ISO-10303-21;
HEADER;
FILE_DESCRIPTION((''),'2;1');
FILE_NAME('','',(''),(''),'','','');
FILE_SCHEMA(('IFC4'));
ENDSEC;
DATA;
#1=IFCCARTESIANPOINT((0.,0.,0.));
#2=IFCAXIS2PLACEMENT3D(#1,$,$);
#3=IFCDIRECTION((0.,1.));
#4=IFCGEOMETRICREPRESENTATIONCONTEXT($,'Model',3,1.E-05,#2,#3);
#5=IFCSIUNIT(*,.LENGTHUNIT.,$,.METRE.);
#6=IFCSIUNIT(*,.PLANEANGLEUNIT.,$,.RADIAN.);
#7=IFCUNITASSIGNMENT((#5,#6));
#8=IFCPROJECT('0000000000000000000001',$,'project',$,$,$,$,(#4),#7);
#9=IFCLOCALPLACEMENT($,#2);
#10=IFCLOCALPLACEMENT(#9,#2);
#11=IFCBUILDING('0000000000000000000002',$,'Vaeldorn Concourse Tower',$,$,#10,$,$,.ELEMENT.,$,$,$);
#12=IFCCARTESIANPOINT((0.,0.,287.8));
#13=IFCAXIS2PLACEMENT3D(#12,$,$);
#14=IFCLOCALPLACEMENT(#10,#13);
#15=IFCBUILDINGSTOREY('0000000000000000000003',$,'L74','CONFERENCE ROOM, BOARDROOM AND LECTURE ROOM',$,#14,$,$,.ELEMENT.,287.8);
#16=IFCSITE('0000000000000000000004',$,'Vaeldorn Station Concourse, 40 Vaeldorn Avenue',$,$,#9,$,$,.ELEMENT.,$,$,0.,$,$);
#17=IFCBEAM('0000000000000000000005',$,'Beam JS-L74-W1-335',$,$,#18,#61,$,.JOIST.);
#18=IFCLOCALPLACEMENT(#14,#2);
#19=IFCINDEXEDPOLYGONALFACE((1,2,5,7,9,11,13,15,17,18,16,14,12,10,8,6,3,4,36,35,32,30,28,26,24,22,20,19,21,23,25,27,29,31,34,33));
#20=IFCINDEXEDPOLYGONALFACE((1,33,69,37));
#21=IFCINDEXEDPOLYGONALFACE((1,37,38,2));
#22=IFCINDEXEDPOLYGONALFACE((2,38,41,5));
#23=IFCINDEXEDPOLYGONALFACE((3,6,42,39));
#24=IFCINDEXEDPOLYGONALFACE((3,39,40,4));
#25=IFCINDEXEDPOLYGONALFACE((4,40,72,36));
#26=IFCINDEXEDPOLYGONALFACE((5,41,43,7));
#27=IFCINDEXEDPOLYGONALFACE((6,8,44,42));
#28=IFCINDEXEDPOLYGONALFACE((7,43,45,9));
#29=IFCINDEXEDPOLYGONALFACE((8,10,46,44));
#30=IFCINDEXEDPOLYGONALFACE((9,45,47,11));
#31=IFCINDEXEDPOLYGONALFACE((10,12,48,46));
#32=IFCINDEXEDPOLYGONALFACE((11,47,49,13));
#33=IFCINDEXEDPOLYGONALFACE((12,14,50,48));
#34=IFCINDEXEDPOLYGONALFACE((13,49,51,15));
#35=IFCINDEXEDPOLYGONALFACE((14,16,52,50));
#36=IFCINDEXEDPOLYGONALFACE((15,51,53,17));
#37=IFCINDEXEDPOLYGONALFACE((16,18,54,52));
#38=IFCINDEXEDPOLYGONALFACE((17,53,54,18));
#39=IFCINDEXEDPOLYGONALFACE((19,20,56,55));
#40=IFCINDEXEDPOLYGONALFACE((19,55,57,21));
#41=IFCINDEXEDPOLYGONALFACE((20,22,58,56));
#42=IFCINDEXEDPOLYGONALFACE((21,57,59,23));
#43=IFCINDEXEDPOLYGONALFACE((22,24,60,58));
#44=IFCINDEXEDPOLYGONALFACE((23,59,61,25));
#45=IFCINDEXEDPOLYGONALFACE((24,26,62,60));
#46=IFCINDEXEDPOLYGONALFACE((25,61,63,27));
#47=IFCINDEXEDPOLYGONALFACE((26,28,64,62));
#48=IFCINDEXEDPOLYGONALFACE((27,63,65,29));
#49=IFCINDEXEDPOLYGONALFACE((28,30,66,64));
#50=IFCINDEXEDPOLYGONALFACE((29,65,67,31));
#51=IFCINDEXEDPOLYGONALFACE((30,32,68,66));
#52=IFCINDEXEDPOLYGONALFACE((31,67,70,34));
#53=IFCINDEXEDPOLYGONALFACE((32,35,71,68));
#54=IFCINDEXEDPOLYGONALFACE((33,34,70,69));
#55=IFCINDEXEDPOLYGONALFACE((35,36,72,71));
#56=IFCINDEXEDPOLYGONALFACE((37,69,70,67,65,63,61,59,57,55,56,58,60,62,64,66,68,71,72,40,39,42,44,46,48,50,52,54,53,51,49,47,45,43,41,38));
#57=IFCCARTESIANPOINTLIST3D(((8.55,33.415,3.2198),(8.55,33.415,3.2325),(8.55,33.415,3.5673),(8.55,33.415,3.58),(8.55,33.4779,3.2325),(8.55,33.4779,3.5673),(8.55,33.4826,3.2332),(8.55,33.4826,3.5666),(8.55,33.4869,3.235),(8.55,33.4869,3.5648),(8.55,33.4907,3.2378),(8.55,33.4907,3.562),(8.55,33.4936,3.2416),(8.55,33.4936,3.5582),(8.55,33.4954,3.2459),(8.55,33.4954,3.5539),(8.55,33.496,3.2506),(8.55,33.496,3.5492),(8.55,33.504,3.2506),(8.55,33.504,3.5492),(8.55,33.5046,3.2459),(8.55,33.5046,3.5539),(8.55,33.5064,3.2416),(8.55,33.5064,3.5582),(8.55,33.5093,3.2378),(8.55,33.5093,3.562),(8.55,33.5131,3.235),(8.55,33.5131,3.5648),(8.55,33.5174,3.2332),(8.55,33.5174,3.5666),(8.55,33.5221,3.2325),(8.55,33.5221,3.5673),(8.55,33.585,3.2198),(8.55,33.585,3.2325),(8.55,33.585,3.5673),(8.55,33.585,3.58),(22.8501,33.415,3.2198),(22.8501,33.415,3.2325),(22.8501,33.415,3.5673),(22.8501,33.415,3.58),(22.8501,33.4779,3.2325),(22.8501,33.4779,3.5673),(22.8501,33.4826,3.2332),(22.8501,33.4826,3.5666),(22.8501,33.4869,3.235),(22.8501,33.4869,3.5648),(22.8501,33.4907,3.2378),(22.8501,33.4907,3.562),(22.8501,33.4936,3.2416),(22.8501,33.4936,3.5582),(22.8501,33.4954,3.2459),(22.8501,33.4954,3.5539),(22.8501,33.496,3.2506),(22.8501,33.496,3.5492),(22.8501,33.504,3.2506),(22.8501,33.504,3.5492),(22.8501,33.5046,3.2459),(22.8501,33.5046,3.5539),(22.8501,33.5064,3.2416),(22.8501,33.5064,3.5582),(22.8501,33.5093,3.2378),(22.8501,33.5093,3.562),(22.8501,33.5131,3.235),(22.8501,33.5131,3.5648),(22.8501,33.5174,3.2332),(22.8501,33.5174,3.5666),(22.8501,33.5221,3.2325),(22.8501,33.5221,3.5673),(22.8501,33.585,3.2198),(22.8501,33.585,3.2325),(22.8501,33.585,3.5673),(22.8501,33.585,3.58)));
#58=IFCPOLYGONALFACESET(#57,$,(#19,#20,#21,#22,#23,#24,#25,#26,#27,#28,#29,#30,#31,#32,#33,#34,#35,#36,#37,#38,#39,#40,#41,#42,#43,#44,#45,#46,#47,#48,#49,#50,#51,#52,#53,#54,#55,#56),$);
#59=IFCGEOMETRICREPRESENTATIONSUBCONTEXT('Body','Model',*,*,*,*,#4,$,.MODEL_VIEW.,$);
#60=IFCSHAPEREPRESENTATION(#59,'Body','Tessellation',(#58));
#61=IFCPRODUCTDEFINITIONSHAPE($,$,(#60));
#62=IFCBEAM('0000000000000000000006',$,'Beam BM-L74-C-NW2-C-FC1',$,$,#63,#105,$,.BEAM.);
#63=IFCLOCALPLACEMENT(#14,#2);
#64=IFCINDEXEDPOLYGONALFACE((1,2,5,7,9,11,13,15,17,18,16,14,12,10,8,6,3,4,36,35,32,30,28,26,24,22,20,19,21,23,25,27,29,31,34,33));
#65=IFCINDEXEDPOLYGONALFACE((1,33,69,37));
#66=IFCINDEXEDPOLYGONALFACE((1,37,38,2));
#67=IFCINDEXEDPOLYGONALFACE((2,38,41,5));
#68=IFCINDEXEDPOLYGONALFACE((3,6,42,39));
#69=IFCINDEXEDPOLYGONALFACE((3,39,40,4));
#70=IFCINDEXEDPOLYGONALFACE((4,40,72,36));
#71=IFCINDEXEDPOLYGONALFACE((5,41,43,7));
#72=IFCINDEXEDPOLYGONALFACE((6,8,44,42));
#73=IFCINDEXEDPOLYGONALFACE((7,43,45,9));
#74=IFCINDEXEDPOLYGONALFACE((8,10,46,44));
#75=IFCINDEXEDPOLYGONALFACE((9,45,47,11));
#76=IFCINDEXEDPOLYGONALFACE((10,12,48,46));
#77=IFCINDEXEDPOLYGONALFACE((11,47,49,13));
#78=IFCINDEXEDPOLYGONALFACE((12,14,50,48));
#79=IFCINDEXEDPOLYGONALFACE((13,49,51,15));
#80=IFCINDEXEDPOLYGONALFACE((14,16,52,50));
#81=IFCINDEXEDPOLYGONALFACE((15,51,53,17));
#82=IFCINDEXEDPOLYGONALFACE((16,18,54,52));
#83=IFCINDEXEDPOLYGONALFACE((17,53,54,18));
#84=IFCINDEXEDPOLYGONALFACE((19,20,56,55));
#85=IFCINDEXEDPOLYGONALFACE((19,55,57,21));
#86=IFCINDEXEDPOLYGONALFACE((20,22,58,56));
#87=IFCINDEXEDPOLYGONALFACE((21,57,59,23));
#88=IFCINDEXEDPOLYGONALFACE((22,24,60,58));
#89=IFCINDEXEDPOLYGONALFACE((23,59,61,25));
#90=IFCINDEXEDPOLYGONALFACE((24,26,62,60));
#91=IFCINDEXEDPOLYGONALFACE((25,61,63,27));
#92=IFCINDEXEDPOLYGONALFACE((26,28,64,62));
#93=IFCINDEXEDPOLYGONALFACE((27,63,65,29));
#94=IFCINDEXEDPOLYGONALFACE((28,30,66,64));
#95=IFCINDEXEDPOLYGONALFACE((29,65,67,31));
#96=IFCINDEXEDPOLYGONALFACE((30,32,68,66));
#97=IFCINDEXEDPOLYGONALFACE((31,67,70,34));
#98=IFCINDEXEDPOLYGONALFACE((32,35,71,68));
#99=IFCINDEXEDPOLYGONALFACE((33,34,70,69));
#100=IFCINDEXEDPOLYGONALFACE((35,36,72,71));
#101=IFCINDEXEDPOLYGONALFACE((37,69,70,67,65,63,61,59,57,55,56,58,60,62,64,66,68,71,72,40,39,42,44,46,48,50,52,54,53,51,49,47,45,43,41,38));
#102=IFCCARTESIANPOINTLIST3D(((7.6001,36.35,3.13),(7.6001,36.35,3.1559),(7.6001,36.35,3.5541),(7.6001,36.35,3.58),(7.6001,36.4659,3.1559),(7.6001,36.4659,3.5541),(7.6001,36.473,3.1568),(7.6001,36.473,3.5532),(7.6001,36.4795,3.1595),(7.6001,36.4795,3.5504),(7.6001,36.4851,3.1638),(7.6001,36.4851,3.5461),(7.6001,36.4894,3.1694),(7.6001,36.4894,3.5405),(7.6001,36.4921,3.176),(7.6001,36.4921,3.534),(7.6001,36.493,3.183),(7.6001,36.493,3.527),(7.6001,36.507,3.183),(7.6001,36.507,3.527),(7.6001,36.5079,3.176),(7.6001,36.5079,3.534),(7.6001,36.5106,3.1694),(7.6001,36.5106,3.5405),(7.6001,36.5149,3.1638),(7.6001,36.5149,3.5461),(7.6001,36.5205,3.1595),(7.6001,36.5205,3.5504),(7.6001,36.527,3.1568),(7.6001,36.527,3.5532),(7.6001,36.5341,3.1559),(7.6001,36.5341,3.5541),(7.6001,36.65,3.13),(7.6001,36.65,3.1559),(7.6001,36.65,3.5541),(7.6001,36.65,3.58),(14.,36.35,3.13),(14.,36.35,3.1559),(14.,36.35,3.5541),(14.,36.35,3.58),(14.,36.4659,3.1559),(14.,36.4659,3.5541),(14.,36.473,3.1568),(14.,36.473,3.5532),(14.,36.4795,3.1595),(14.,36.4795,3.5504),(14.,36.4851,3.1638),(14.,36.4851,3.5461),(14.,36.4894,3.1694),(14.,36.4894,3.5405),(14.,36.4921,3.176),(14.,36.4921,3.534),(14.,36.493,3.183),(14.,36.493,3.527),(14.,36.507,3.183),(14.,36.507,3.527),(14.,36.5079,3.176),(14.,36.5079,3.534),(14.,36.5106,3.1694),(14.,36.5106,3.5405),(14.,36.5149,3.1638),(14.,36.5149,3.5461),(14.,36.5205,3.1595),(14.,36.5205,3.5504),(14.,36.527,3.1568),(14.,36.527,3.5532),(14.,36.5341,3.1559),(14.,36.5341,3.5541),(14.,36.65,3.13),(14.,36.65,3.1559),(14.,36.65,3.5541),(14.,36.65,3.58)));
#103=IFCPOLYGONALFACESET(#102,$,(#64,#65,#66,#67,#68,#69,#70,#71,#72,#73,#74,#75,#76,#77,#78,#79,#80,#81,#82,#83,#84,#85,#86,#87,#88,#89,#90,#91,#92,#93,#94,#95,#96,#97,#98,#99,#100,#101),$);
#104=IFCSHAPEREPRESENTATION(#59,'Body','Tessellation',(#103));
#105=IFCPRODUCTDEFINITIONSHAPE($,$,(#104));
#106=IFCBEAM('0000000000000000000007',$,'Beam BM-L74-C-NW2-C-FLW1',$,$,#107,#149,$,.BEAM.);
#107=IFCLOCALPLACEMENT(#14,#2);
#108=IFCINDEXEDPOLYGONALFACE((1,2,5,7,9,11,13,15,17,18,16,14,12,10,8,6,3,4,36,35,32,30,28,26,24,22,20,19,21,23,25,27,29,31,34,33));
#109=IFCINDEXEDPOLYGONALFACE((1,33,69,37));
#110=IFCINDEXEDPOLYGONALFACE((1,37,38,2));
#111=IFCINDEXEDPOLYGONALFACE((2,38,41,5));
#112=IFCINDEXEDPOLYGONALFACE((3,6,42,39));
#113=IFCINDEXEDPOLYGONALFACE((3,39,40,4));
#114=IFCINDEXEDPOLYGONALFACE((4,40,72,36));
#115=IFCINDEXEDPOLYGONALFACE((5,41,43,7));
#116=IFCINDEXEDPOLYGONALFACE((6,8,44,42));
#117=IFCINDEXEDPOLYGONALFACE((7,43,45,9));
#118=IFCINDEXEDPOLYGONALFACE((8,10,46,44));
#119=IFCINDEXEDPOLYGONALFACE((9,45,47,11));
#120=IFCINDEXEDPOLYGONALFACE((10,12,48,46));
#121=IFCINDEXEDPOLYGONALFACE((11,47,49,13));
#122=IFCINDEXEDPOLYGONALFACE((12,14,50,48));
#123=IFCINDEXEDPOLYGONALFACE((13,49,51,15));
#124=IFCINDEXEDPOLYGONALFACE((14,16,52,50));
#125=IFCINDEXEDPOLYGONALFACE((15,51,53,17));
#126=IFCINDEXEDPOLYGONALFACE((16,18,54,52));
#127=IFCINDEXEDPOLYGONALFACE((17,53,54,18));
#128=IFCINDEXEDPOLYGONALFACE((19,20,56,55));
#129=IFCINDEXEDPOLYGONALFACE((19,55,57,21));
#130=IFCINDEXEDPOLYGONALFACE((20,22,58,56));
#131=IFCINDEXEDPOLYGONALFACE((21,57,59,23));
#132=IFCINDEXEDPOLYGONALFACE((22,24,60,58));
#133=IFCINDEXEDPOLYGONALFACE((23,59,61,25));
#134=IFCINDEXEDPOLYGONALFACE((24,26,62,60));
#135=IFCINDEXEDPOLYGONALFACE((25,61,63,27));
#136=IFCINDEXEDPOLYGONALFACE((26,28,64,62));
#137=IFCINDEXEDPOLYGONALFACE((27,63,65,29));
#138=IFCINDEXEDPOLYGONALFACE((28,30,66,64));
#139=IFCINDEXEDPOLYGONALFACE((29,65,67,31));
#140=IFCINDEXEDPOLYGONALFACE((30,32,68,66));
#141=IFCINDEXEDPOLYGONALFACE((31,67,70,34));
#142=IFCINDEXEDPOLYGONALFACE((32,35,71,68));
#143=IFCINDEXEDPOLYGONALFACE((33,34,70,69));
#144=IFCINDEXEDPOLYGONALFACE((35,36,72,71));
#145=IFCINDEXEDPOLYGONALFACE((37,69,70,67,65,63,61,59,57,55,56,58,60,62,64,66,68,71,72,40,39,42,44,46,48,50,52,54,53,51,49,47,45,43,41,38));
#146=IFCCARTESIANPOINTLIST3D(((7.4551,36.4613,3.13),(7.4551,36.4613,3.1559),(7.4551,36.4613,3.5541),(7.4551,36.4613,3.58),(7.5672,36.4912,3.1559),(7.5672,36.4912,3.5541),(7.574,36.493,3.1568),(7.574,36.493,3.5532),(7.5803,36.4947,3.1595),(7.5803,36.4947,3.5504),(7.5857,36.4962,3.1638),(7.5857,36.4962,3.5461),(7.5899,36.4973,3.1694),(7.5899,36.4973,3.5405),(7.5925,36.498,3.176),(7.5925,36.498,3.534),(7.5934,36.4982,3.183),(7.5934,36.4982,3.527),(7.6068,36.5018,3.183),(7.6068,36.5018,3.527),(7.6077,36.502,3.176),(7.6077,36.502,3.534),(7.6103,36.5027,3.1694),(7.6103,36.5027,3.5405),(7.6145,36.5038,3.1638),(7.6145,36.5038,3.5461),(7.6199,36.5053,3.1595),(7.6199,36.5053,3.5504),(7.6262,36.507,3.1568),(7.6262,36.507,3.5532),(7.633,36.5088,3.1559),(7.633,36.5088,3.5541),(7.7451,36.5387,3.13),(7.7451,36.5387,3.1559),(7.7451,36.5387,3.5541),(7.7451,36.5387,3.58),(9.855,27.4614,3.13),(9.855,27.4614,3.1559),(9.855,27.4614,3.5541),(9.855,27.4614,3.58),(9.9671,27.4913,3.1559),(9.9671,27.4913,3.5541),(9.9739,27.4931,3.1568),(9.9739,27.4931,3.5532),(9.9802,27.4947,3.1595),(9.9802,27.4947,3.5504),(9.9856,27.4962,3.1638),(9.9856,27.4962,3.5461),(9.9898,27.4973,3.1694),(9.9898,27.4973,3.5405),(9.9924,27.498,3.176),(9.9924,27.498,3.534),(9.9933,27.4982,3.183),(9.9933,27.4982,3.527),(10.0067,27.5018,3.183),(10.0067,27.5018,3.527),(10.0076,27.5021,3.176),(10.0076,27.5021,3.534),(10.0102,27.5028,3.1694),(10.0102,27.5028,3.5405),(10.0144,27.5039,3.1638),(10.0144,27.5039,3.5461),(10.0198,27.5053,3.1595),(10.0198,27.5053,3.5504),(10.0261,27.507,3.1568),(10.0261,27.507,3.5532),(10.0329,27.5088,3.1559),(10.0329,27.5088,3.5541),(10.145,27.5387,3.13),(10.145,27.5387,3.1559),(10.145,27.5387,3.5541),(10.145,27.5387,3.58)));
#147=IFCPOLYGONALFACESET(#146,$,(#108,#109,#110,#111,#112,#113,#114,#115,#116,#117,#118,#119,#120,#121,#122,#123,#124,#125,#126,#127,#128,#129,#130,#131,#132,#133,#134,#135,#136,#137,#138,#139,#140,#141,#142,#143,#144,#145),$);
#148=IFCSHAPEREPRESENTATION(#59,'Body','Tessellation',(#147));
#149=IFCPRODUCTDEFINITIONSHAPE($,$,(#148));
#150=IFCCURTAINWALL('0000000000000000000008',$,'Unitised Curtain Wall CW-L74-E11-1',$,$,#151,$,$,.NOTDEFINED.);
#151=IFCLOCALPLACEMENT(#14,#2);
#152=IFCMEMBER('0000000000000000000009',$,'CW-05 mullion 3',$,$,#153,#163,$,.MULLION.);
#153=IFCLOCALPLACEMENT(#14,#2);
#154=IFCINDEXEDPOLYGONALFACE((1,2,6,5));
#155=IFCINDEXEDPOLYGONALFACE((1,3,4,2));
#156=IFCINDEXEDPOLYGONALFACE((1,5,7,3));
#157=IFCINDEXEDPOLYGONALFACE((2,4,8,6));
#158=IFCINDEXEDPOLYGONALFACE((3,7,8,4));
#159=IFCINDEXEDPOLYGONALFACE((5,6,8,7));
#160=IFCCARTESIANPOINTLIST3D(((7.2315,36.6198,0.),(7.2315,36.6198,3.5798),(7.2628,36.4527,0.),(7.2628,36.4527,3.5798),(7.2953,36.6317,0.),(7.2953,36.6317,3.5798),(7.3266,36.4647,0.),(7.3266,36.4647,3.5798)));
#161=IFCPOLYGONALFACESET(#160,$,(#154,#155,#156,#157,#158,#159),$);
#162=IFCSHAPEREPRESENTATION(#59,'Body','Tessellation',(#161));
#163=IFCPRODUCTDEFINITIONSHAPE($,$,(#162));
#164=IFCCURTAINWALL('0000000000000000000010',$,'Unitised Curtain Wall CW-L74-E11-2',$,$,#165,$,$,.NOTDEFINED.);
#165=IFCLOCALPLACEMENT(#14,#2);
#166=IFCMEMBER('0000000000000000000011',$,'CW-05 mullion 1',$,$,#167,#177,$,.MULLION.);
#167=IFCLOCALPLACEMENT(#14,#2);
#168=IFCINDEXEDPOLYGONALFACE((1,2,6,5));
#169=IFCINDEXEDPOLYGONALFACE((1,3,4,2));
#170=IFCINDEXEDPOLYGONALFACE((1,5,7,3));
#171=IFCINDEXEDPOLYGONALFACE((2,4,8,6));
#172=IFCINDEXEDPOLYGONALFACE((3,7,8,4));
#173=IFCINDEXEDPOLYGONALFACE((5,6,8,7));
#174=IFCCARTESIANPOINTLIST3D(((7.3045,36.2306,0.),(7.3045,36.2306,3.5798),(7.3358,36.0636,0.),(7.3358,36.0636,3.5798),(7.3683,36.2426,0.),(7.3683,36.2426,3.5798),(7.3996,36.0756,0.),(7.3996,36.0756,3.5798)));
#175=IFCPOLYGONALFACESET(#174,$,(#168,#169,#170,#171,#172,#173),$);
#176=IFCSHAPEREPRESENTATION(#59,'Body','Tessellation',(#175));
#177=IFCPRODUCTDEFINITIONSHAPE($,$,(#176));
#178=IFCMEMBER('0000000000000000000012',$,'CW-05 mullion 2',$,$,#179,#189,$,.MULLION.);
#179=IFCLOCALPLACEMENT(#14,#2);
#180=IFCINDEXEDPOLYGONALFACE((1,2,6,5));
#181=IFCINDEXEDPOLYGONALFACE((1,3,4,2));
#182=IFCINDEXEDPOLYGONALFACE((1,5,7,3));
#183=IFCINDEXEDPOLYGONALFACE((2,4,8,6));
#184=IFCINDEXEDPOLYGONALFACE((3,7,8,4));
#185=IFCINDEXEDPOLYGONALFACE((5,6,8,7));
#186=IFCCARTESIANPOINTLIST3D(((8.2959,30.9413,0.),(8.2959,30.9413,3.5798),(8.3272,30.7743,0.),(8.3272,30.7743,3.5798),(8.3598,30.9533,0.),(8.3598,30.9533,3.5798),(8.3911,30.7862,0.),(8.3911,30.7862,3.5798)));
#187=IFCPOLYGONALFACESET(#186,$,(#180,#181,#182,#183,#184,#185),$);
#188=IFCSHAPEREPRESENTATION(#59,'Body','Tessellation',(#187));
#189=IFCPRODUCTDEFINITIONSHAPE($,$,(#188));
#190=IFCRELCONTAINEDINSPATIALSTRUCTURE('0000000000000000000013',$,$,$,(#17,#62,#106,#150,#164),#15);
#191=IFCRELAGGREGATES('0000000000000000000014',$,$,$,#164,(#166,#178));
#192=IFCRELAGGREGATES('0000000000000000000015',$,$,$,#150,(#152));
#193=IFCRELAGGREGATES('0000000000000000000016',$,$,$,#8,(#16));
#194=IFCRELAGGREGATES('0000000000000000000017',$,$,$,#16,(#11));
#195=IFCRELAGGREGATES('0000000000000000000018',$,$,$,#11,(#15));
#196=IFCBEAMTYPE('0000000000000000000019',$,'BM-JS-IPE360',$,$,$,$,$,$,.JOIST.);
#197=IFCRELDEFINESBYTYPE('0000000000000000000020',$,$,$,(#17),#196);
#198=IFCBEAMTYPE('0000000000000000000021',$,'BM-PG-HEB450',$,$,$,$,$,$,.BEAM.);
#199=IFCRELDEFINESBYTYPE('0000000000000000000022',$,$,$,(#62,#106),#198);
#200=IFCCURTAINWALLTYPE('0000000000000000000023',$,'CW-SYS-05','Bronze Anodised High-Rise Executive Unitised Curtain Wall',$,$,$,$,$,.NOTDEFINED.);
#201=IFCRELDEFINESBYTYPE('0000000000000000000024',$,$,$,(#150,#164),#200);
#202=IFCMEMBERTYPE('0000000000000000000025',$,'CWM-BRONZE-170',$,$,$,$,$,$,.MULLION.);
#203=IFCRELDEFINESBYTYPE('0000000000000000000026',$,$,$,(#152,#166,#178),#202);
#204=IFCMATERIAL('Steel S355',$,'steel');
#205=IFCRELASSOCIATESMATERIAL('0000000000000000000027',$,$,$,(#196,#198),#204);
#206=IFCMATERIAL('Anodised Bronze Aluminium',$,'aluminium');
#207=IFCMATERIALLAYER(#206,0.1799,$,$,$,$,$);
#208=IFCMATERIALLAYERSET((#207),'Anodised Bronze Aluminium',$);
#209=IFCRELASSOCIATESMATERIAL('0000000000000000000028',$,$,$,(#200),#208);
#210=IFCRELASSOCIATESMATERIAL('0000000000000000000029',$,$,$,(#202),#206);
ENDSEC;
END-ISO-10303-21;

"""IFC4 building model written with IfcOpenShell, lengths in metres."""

from ifc_helpers import new_model, si_unit, direction, frame, origin, origin_2d, place, context, subcontext, project, spatial, rectangle, i_section, extrude, source, transform, mapped, material, layer, layer_set, material_profile, profile_set, type_object, element, aggregate, save


model = new_model("IFC4")

# Units and contexts
model_context = context("Model", 3, precision=1e-05, world=origin(), true_north=direction((0.0, 1.0)))
body_context = subcontext(model_context, "Body", "Model", "MODEL_VIEW")
ifc_project = project(units=[si_unit("LENGTHUNIT", "METRE"), si_unit("PLANEANGLEUNIT", "RADIAN")], contexts=[model_context])

# Site, building, storey
site_placement = place(None, origin())
site = spatial("IfcSite", under=ifc_project, at=site_placement, Name="Vaeldorn Station Concourse, 40 Vaeldorn Avenue", CompositionType="ELEMENT", RefElevation=0.0)
building_placement = place(site_placement, origin())
building = spatial("IfcBuilding", under=site, at=building_placement, Name="Vaeldorn Concourse Tower", CompositionType="ELEMENT")
storey_placement = place(building_placement, frame((0.0, 0.0, 287.8)))
storey = spatial("IfcBuildingStorey", under=building, at=storey_placement, Name="L74", Description="CONFERENCE ROOM, BOARDROOM AND LECTURE ROOM", CompositionType="ELEMENT", Elevation=287.8)

# Shared definitions
ifc_material_1 = material(Name="Steel S355", Category="steel")

# Beams
ifc_material_profile_1 = material_profile(ifc_material_1, i_section(OverallWidth=0.1699, OverallDepth=0.3601, WebThickness=0.0081, FlangeThickness=0.0127, FilletRadius=0.0181, at=origin_2d()), Name="IPE 360")
ifc_profile_set_1 = profile_set([ifc_material_profile_1], Name="Steel S355")
beam_type_1 = type_object("IfcBeamType", Name="BM-JS-IPE360", PredefinedType="JOIST", material=ifc_profile_set_1)
shared_shape_1 = source(origin(), body_context, "Body", "SweptSolid", [
    extrude(i_section(OverallWidth=0.1699, OverallDepth=0.3601, WebThickness=0.0081, FlangeThickness=0.0127, FilletRadius=0.0181, at=origin_2d()), origin(), (0.0, 0.0, 1.0), 14.3),
])
beam_1_placement = place(storey_placement, frame((8.55, 33.5, 3.3999), z_axis=(1.0, 0.0, 0.0), x_axis=(0.0, 1.0, 0.0)))
element("IfcBeam", 1, at=beam_1_placement, inside=storey, type_object=beam_type_1, Name="Beam JS-L74-W1-335", PredefinedType="JOIST", context=body_context, shape_type="MappedRepresentation", body=[
    mapped(shared_shape_1, transform((0.0, 0.0, 0.0), scale=1.0)),
])
ifc_material_profile_2 = material_profile(ifc_material_1, i_section(OverallWidth=0.3, OverallDepth=0.45, WebThickness=0.0139, FlangeThickness=0.0259, FilletRadius=0.0271, at=origin_2d()), Name="HEB 450")
ifc_profile_set_2 = profile_set([ifc_material_profile_2], Name="Steel S355")
beam_type_2 = type_object("IfcBeamType", Name="BM-PG-HEB450", PredefinedType="BEAM", material=ifc_profile_set_2)
shared_shape_2 = source(origin(), body_context, "Body", "SweptSolid", [
    extrude(i_section(OverallWidth=0.3, OverallDepth=0.45, WebThickness=0.0139, FlangeThickness=0.0259, FilletRadius=0.0271, at=origin_2d()), origin(), (0.0, 0.0, 1.0), 6.3999),
])
beam_2_placement = place(storey_placement, frame((7.6001, 36.5, 3.355), z_axis=(1.0, 0.0, 0.0), x_axis=(0.0, 1.0, 0.0)))
element("IfcBeam", 2, at=beam_2_placement, inside=storey, type_object=beam_type_2, Name="Beam BM-L74-C-NW2-C-FC1", PredefinedType="BEAM", context=body_context, shape_type="MappedRepresentation", body=[
    mapped(shared_shape_2, transform((0.0, 0.0, 0.0), scale=1.0)),
])
shared_shape_3 = source(origin(), body_context, "Body", "SweptSolid", [
    extrude(i_section(OverallWidth=0.3, OverallDepth=0.45, WebThickness=0.0139, FlangeThickness=0.0259, FilletRadius=0.0271, at=origin_2d()), origin(), (0.0, 0.0, 1.0), 9.3145),
])
beam_3_placement = place(storey_placement, frame((7.6001, 36.5, 3.355), z_axis=(0.257653, -0.966238, 0.0), x_axis=(0.966238, 0.257653, 0.0)))
element("IfcBeam", 3, at=beam_3_placement, inside=storey, type_object=beam_type_2, Name="Beam BM-L74-C-NW2-C-FLW1", PredefinedType="BEAM", context=body_context, shape_type="MappedRepresentation", body=[
    mapped(shared_shape_3, transform((0.0, 0.0, 0.0), scale=1.0)),
])

# Curtain wall, member
ifc_material_2 = material(Name="Anodised Bronze Aluminium", Category="aluminium")
ifc_layer_1 = layer(ifc_material_2, 0.1799)
ifc_layer_set_1 = layer_set([ifc_layer_1], Name="Anodised Bronze Aluminium")
curtain_wall_type = type_object("IfcCurtainWallType", Name="CW-SYS-05", Description="Bronze Anodised High-Rise Executive Unitised Curtain Wall", PredefinedType="NOTDEFINED", material=ifc_layer_set_1)
curtain_wall_1_placement = place(storey_placement, origin())
curtain_wall_1 = element("IfcCurtainWall", 4, at=curtain_wall_1_placement, inside=storey, type_object=curtain_wall_type, Name="Unitised Curtain Wall CW-L74-E11-1", PredefinedType="NOTDEFINED")
ifc_material_profile_3 = material_profile(ifc_material_2, rectangle(XDim=0.0649, YDim=0.1699, at=origin_2d()), Name="CWM 65x170")
ifc_profile_set_3 = profile_set([ifc_material_profile_3], Name="Anodised Bronze Aluminium")
member_type_1 = type_object("IfcMemberType", Name="CWM-BRONZE-170", PredefinedType="MULLION", material=ifc_profile_set_3)
shared_shape_4 = source(origin(), body_context, "Body", "SweptSolid", [
    extrude(rectangle(XDim=0.0649, YDim=0.1699, at=origin_2d()), origin(), (0.0, 0.0, 1.0), 3.5798),
])
member_1_placement = place(storey_placement, frame((7.2791, 36.5422, 0.0), z_axis=(0.0, 0.0, 1.0), x_axis=(0.98288, 0.184246, 0.0)))
member_1 = element("IfcMember", 5, at=member_1_placement, type_object=member_type_1, Name="CW-05 mullion 3", PredefinedType="MULLION", context=body_context, shape_type="MappedRepresentation", body=[
    mapped(shared_shape_4, transform((0.0, 0.0, 0.0), scale=1.0)),
])

# Curtain wall, members
curtain_wall_2_placement = place(storey_placement, origin())
curtain_wall_2 = element("IfcCurtainWall", 6, at=curtain_wall_2_placement, inside=storey, type_object=curtain_wall_type, Name="Unitised Curtain Wall CW-L74-E11-2", PredefinedType="NOTDEFINED")
member_2_placement = place(storey_placement, frame((7.3521, 36.1531, 0.0), z_axis=(0.0, 0.0, 1.0), x_axis=(0.98288, 0.184247, 0.0)))
member_2 = element("IfcMember", 7, at=member_2_placement, type_object=member_type_1, Name="CW-05 mullion 1", PredefinedType="MULLION", context=body_context, shape_type="MappedRepresentation", body=[
    mapped(shared_shape_4, transform((0.0, 0.0, 0.0), scale=1.0)),
])
member_3_placement = place(storey_placement, frame((8.3435, 30.8638, 0.0), z_axis=(0.0, 0.0, 1.0), x_axis=(0.98288, 0.184247, 0.0)))
member_3 = element("IfcMember", 8, at=member_3_placement, type_object=member_type_1, Name="CW-05 mullion 2", PredefinedType="MULLION", context=body_context, shape_type="MappedRepresentation", body=[
    mapped(shared_shape_4, transform((0.0, 0.0, 0.0), scale=1.0)),
])
aggregate(curtain_wall_2, [member_2, member_3])

aggregate(curtain_wall_1, [member_1])

save(model, "model.ifc")
